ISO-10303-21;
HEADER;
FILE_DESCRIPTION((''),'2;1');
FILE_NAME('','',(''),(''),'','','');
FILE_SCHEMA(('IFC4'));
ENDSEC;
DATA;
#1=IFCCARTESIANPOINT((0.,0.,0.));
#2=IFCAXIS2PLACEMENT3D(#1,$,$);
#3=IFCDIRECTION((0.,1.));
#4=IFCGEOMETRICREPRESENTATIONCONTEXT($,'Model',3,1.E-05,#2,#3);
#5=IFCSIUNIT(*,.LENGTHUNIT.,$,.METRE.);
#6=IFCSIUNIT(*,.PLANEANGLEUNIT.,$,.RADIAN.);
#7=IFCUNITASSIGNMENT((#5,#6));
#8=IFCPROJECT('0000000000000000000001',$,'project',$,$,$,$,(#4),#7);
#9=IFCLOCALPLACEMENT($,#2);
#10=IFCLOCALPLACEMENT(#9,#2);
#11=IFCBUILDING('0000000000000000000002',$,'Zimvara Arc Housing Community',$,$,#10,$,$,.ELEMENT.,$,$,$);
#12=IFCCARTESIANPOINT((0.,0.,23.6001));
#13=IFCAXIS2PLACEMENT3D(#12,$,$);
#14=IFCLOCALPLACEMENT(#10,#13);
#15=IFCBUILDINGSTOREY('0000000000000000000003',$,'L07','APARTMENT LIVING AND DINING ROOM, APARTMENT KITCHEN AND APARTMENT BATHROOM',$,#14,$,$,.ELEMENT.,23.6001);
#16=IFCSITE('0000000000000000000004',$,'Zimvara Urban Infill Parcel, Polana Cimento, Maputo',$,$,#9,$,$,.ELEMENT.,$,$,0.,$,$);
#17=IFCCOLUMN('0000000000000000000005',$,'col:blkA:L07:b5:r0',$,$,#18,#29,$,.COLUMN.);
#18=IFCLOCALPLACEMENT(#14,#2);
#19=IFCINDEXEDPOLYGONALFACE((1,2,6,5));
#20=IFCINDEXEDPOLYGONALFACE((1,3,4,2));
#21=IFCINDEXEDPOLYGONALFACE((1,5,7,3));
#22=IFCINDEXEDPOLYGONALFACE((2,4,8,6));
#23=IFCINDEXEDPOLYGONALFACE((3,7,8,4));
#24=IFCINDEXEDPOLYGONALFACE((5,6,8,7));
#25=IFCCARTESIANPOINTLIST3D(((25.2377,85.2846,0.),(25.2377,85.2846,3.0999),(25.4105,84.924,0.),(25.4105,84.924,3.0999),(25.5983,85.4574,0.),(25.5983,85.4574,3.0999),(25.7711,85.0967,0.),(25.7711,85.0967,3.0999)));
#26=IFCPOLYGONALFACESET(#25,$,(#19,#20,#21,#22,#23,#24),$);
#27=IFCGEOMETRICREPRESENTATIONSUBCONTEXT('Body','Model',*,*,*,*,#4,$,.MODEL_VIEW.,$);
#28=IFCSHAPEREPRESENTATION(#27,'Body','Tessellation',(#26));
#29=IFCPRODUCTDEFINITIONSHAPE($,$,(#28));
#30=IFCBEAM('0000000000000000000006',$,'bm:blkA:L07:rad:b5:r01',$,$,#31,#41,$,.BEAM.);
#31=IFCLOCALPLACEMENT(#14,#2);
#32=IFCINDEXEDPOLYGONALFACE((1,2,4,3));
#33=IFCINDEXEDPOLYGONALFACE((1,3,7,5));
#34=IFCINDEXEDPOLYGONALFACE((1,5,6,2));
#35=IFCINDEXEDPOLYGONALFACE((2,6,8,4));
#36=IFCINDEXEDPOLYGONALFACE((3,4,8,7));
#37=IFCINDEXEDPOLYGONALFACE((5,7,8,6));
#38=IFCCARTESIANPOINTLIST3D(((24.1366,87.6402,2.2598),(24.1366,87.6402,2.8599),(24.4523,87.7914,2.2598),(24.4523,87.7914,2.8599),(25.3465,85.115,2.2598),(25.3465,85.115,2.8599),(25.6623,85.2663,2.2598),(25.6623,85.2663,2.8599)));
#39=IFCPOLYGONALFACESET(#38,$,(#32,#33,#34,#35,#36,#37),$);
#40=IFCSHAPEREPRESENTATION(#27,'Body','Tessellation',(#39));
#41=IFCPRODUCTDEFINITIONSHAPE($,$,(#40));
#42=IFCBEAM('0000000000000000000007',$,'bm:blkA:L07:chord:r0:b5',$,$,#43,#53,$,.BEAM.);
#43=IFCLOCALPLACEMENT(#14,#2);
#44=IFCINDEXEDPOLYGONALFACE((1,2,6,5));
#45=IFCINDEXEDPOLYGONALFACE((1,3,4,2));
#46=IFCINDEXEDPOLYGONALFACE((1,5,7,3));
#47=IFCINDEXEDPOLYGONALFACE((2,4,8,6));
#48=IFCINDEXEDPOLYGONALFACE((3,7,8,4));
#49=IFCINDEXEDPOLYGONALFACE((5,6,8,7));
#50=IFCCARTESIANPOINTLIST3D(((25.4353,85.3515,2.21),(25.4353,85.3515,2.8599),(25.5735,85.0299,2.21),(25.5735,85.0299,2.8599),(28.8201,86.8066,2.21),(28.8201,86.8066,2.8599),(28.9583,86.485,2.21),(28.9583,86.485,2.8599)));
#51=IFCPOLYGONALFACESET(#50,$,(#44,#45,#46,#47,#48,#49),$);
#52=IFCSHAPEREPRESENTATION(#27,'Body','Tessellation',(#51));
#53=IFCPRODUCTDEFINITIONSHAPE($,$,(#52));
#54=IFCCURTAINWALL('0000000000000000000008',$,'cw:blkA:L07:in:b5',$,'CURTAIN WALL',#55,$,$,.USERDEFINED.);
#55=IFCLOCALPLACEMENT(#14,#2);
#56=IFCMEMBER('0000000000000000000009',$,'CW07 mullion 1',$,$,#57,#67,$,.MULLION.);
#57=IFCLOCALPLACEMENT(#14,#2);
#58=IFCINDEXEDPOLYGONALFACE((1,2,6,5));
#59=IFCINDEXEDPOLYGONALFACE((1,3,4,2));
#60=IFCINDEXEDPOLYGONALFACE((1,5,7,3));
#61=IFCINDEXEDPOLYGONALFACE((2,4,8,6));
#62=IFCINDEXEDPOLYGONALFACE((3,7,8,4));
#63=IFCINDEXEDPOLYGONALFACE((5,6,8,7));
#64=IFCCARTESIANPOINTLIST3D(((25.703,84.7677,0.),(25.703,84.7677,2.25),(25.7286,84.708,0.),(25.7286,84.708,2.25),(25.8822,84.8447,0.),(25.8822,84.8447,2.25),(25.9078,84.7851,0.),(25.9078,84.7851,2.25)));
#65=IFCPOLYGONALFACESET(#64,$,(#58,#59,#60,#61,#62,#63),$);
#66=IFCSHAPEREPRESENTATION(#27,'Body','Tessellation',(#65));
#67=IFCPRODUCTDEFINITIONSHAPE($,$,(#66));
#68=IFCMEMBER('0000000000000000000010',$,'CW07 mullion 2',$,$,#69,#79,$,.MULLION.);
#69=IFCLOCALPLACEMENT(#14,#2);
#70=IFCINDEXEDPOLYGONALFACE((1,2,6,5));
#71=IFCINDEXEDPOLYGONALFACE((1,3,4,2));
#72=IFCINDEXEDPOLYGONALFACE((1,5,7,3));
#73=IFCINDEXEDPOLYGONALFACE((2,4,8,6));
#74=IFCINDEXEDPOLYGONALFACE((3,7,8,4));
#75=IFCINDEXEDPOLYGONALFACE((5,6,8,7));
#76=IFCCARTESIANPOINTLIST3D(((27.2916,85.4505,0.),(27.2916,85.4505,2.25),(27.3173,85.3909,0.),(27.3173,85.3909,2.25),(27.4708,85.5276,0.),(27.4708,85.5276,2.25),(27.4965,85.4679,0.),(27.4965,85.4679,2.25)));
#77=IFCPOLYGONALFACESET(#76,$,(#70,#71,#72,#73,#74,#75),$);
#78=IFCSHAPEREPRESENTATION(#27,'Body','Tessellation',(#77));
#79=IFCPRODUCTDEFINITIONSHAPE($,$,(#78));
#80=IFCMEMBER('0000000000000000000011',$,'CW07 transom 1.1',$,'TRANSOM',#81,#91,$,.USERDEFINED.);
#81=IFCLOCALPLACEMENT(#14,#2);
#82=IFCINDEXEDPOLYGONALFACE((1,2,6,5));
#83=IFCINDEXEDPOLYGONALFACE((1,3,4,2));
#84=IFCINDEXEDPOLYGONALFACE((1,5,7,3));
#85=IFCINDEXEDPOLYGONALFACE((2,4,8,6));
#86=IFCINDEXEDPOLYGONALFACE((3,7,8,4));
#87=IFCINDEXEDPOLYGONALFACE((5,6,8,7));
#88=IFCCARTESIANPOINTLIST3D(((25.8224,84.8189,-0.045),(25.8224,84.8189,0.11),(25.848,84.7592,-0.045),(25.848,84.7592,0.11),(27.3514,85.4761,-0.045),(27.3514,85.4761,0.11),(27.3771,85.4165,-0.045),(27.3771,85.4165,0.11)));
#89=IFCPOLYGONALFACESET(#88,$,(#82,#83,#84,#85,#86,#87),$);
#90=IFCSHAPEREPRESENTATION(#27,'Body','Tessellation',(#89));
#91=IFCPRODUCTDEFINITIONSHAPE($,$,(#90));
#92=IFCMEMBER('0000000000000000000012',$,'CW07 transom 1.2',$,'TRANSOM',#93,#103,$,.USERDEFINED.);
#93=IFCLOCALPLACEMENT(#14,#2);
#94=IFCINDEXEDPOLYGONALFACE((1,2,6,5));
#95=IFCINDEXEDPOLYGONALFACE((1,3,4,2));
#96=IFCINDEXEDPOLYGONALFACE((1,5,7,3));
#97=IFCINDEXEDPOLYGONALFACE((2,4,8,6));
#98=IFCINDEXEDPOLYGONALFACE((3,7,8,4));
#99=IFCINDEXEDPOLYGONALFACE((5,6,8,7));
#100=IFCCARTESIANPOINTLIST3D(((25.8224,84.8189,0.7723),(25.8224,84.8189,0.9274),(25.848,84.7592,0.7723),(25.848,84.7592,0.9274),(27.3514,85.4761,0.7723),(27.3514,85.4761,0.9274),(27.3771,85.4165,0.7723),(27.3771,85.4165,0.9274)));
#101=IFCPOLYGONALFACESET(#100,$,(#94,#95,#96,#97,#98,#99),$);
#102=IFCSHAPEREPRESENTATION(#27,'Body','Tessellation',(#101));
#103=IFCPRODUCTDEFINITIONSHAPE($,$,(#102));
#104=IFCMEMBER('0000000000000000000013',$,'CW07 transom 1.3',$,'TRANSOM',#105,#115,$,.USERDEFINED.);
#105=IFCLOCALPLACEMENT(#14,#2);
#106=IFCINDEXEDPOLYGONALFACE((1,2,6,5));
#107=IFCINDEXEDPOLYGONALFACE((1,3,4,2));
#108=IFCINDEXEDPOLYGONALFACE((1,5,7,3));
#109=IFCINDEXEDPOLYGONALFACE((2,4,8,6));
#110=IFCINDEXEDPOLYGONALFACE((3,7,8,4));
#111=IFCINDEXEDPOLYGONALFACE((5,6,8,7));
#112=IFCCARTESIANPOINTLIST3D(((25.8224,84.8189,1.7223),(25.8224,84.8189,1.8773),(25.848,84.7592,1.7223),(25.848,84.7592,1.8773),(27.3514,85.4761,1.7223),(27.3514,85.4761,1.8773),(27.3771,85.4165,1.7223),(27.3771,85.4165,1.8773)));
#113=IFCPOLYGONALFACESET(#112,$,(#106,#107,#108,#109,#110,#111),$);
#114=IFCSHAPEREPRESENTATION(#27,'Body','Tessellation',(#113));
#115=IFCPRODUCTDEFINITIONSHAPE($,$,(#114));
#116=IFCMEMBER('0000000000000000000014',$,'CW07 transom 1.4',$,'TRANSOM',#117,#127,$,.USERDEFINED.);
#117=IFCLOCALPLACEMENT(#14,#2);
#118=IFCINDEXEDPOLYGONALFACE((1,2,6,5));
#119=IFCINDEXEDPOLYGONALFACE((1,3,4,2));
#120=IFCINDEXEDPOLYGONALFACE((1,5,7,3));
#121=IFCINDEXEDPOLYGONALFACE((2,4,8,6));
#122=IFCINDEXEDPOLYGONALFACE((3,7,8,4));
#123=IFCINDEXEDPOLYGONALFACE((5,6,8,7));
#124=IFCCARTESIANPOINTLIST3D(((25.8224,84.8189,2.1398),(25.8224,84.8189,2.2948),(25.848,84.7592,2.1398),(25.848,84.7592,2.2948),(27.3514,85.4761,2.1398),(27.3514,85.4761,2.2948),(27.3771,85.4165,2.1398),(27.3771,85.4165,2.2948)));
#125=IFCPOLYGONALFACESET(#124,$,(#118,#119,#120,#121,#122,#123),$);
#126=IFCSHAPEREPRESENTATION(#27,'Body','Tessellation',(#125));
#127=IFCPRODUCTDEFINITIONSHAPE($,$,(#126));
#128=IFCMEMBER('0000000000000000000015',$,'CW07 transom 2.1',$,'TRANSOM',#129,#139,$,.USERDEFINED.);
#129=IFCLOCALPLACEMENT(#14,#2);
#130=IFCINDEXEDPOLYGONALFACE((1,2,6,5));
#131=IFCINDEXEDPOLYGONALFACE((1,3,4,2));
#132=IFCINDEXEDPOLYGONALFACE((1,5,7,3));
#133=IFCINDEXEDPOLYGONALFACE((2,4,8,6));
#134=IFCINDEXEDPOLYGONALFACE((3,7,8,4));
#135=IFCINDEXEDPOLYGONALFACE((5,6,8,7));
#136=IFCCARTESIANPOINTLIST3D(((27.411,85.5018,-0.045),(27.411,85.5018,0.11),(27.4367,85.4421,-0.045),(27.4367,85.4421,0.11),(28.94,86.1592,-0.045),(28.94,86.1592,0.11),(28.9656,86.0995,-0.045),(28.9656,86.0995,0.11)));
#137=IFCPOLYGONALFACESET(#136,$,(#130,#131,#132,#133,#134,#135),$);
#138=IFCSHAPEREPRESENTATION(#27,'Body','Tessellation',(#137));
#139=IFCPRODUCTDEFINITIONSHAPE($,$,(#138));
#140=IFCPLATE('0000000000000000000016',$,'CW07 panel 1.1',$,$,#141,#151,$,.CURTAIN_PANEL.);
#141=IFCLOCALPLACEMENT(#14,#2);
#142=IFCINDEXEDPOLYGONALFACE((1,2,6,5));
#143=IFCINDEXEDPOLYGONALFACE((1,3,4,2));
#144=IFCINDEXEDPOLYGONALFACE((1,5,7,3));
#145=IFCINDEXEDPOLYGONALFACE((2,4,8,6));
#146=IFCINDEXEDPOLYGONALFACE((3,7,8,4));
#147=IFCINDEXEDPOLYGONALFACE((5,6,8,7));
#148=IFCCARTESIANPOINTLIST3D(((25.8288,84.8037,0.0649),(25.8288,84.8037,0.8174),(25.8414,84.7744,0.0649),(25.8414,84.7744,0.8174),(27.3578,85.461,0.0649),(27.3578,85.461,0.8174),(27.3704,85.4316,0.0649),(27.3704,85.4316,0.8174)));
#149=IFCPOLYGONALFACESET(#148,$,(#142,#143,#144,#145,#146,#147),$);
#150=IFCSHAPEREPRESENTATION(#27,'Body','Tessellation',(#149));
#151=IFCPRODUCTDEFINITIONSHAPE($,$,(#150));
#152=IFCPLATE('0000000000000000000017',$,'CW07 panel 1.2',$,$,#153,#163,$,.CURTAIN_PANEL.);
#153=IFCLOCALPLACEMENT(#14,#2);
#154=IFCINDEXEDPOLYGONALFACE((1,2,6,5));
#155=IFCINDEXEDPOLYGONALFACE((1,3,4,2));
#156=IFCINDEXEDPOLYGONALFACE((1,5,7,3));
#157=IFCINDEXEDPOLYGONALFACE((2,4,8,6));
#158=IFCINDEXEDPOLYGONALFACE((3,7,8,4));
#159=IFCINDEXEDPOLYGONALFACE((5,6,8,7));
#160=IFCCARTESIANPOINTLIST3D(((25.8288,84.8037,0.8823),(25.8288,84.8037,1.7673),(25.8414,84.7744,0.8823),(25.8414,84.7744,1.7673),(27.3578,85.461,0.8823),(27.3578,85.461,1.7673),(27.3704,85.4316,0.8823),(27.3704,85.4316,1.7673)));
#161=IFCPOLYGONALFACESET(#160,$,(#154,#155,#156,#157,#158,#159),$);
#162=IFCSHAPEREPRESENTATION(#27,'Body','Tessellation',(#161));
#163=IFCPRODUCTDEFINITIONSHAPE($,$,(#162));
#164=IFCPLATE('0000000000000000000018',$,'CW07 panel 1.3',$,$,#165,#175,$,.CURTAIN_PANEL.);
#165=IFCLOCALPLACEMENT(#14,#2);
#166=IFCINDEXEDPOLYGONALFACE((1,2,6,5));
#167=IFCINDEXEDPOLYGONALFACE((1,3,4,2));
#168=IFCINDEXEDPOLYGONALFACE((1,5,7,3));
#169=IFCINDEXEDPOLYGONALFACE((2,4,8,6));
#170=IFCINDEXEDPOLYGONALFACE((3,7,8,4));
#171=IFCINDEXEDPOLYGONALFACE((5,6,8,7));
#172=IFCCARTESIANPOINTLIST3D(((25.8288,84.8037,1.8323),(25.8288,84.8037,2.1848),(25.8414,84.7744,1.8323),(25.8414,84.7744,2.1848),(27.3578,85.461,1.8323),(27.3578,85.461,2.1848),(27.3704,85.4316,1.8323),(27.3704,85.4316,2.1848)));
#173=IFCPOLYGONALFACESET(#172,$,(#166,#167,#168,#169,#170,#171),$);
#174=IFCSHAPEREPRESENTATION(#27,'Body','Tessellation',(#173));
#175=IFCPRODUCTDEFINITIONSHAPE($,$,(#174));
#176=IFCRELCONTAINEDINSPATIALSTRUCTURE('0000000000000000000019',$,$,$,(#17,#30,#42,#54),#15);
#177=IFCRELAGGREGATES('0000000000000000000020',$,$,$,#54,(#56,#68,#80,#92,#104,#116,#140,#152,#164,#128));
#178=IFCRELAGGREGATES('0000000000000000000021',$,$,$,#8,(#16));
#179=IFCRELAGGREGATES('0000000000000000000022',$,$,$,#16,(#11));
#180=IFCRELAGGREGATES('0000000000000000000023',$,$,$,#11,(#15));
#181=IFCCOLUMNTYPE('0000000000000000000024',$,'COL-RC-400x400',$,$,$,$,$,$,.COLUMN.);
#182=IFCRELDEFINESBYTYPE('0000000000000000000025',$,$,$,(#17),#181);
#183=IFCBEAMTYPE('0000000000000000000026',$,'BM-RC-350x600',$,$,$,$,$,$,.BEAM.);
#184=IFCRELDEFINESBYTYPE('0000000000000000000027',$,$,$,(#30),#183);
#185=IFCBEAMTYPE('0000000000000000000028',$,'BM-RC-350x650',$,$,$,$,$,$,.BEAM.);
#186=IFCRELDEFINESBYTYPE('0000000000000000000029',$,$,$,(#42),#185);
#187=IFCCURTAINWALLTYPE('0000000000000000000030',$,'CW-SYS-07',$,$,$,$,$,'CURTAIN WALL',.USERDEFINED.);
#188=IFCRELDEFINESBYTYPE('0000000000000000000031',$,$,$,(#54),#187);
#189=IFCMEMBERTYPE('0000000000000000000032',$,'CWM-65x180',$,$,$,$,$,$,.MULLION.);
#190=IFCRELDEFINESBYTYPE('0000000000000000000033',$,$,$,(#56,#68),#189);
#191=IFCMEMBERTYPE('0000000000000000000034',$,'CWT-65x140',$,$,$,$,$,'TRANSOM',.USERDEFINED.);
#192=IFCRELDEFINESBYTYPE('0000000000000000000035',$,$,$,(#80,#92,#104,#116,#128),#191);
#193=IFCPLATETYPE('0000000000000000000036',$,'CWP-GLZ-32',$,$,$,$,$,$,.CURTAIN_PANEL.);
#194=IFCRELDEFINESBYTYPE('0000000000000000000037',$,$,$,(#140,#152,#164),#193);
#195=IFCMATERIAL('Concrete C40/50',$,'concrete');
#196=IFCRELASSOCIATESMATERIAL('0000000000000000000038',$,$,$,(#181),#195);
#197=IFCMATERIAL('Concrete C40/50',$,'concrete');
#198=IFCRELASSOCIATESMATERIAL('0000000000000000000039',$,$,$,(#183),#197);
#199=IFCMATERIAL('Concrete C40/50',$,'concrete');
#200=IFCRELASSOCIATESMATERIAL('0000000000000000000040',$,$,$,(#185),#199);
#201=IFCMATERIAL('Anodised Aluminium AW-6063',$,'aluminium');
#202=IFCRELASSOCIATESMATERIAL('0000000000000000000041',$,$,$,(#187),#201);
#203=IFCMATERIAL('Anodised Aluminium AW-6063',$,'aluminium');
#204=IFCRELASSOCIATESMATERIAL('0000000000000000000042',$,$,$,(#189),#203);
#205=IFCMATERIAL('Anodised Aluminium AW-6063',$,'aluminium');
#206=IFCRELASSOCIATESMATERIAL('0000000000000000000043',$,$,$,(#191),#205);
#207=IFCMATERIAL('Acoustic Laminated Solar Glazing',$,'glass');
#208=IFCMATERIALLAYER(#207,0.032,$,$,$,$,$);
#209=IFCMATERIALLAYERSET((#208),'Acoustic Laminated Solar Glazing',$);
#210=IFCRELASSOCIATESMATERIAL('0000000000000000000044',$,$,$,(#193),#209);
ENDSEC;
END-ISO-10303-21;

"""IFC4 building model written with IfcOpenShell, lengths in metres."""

from ifc_helpers import new_model, si_unit, direction, frame, origin, origin_2d, place, context, subcontext, project, spatial, rectangle, extrude, material, layer, layer_set, material_profile, profile_set, type_object, element, aggregate, save


model = new_model("IFC4")

# Units and contexts
model_context = context("Model", 3, precision=1e-05, world=origin(), true_north=direction((0.0, 1.0)))
body_context = subcontext(model_context, "Body", "Model", "MODEL_VIEW")
ifc_project = project(units=[si_unit("LENGTHUNIT", "METRE"), si_unit("PLANEANGLEUNIT", "RADIAN")], contexts=[model_context])

# Site, building, storey
site_placement = place(None, origin())
site = spatial("IfcSite", under=ifc_project, at=site_placement, Name="Zimvara Urban Infill Parcel, Polana Cimento, Maputo", CompositionType="ELEMENT", RefElevation=0.0)
building_placement = place(site_placement, origin())
building = spatial("IfcBuilding", under=site, at=building_placement, Name="Zimvara Arc Housing Community", CompositionType="ELEMENT")
storey_placement = place(building_placement, frame((0.0, 0.0, 23.6001)))
storey = spatial("IfcBuildingStorey", under=building, at=storey_placement, Name="L07", Description="APARTMENT LIVING AND DINING ROOM, APARTMENT KITCHEN AND APARTMENT BATHROOM", CompositionType="ELEMENT", Elevation=23.6001)

# Column
ifc_material_1 = material(Name="Concrete C40/50", Category="concrete")
ifc_material_profile_1 = material_profile(ifc_material_1, rectangle(XDim=0.3999, YDim=0.3999, at=origin_2d()), Name="RC 400x400")
ifc_profile_set_1 = profile_set([ifc_material_profile_1], Name="Concrete C40/50")
column_type = type_object("IfcColumnType", Name="COL-RC-400x400", PredefinedType="COLUMN", material=ifc_profile_set_1)
column_placement = place(storey_placement, frame((25.5044, 85.1907, 0.0), z_axis=(0.0, 0.0, 1.0), x_axis=(-0.432086, 0.901833, 0.0)))
element("IfcColumn", 1, at=column_placement, inside=storey, type_object=column_type, Name="col:blkA:L07:b5:r0", PredefinedType="COLUMN", context=body_context, shape_type="SweptSolid", body=[
    extrude(rectangle(XDim=0.3999, YDim=0.3999, at=origin_2d()), origin(), (0.0, 0.0, 1.0), 3.0999),
])

# Beams
ifc_material_2 = material(Name="Concrete C40/50", Category="concrete")
ifc_material_profile_2 = material_profile(ifc_material_2, rectangle(XDim=0.3501, YDim=0.6001, at=origin_2d()), Name="RC 350x600")
ifc_profile_set_2 = profile_set([ifc_material_profile_2], Name="Concrete C40/50")
beam_type_1 = type_object("IfcBeamType", Name="BM-RC-350x600", PredefinedType="BEAM", material=ifc_profile_set_2)
beam_1_placement = place(storey_placement, frame((25.5044, 85.1907, 2.5598), z_axis=(-0.432119, 0.901817, 0.0), x_axis=(-0.901817, -0.432119, 0.0)))
element("IfcBeam", 2, at=beam_1_placement, inside=storey, type_object=beam_type_1, Name="bm:blkA:L07:rad:b5:r01", PredefinedType="BEAM", context=body_context, shape_type="SweptSolid", body=[
    extrude(rectangle(XDim=0.3501, YDim=0.6001, at=origin_2d()), origin(), (0.0, 0.0, 1.0), 2.8),
])
ifc_material_3 = material(Name="Concrete C40/50", Category="concrete")
ifc_material_profile_3 = material_profile(ifc_material_3, rectangle(XDim=0.3501, YDim=0.6499, at=origin_2d()), Name="RC 350x650")
ifc_profile_set_3 = profile_set([ifc_material_profile_3], Name="Concrete C40/50")
beam_type_2 = type_object("IfcBeamType", Name="BM-RC-350x650", PredefinedType="BEAM", material=ifc_profile_set_3)
beam_2_placement = place(storey_placement, frame((25.5044, 85.1907, 2.5349), z_axis=(0.918706, 0.394943, 0.0), x_axis=(-0.394943, 0.918706, 0.0)))
element("IfcBeam", 3, at=beam_2_placement, inside=storey, type_object=beam_type_2, Name="bm:blkA:L07:chord:r0:b5", PredefinedType="BEAM", context=body_context, shape_type="SweptSolid", body=[
    extrude(rectangle(XDim=0.3501, YDim=0.6499, at=origin_2d()), origin(), (0.0, 0.0, 1.0), 3.6843),
])

# Curtain wall, members, plates
ifc_material_4 = material(Name="Anodised Aluminium AW-6063", Category="aluminium")
curtain_wall_type = type_object("IfcCurtainWallType", Name="CW-SYS-07", ElementType="CURTAIN WALL", PredefinedType="USERDEFINED", material=ifc_material_4)
curtain_wall_placement = place(storey_placement, origin())
curtain_wall = element("IfcCurtainWall", 4, at=curtain_wall_placement, inside=storey, type_object=curtain_wall_type, Name="cw:blkA:L07:in:b5", ObjectType="CURTAIN WALL", PredefinedType="USERDEFINED")
ifc_material_5 = material(Name="Anodised Aluminium AW-6063", Category="aluminium")
ifc_material_profile_4 = material_profile(ifc_material_5, rectangle(XDim=0.0649, YDim=0.1951, at=origin_2d()), Name="ALU 65x195")
ifc_profile_set_4 = profile_set([ifc_material_profile_4], Name="Anodised Aluminium AW-6063")
member_type_1 = type_object("IfcMemberType", Name="CWM-65x180", PredefinedType="MULLION", material=ifc_profile_set_4)
member_1_placement = place(storey_placement, frame((25.8054, 84.7764, 0.0), z_axis=(0.0, 0.0, 1.0), x_axis=(-0.394904, 0.918722, 0.0)))
member_1 = element("IfcMember", 5, at=member_1_placement, type_object=member_type_1, Name="CW07 mullion 1", PredefinedType="MULLION", context=body_context, shape_type="SweptSolid", body=[
    extrude(rectangle(XDim=0.0649, YDim=0.1951, at=origin_2d()), origin(), (0.0, 0.0, 1.0), 2.25),
])
member_2_placement = place(storey_placement, frame((27.394, 85.4592, 0.0), z_axis=(0.0, 0.0, 1.0), x_axis=(-0.394904, 0.918722, 0.0)))
member_2 = element("IfcMember", 6, at=member_2_placement, type_object=member_type_1, Name="CW07 mullion 2", PredefinedType="MULLION", context=body_context, shape_type="SweptSolid", body=[
    extrude(rectangle(XDim=0.0649, YDim=0.1951, at=origin_2d()), origin(), (0.0, 0.0, 1.0), 2.25),
])
ifc_material_6 = material(Name="Anodised Aluminium AW-6063", Category="aluminium")
ifc_material_profile_5 = material_profile(ifc_material_6, rectangle(XDim=0.0649, YDim=0.155, at=origin_2d()), Name="ALU 65x155")
ifc_profile_set_5 = profile_set([ifc_material_profile_5], Name="Anodised Aluminium AW-6063")
member_type_2 = type_object("IfcMemberType", Name="CWT-65x140", ElementType="TRANSOM", PredefinedType="USERDEFINED", material=ifc_profile_set_5)
member_3_placement = place(storey_placement, frame((25.8352, 84.7891, 0.0325), z_axis=(0.918727, 0.394893, 0.0), x_axis=(-0.394893, 0.918727, 0.0)))
member_3 = element("IfcMember", 7, at=member_3_placement, type_object=member_type_2, Name="CW07 transom 1.1", ObjectType="TRANSOM", PredefinedType="USERDEFINED", context=body_context, shape_type="SweptSolid", body=[
    extrude(rectangle(XDim=0.0649, YDim=0.155, at=origin_2d()), origin(), (0.0, 0.0, 1.0), 1.6643),
])
member_4_placement = place(storey_placement, frame((25.8352, 84.7891, 0.8499), z_axis=(0.918727, 0.394893, 0.0), x_axis=(-0.394893, 0.918727, 0.0)))
member_4 = element("IfcMember", 8, at=member_4_placement, type_object=member_type_2, Name="CW07 transom 1.2", ObjectType="TRANSOM", PredefinedType="USERDEFINED", context=body_context, shape_type="SweptSolid", body=[
    extrude(rectangle(XDim=0.0649, YDim=0.155, at=origin_2d()), origin(), (0.0, 0.0, 1.0), 1.6643),
])
member_5_placement = place(storey_placement, frame((25.8352, 84.7891, 1.7998), z_axis=(0.918727, 0.394893, 0.0), x_axis=(-0.394893, 0.918727, 0.0)))
member_5 = element("IfcMember", 9, at=member_5_placement, type_object=member_type_2, Name="CW07 transom 1.3", ObjectType="TRANSOM", PredefinedType="USERDEFINED", context=body_context, shape_type="SweptSolid", body=[
    extrude(rectangle(XDim=0.0649, YDim=0.155, at=origin_2d()), origin(), (0.0, 0.0, 1.0), 1.6643),
])
member_6_placement = place(storey_placement, frame((25.8352, 84.7891, 2.2173), z_axis=(0.918727, 0.394893, 0.0), x_axis=(-0.394893, 0.918727, 0.0)))
member_6 = element("IfcMember", 10, at=member_6_placement, type_object=member_type_2, Name="CW07 transom 1.4", ObjectType="TRANSOM", PredefinedType="USERDEFINED", context=body_context, shape_type="SweptSolid", body=[
    extrude(rectangle(XDim=0.0649, YDim=0.155, at=origin_2d()), origin(), (0.0, 0.0, 1.0), 1.6643),
])
member_7_placement = place(storey_placement, frame((27.4238, 85.4719, 0.0325), z_axis=(0.918674, 0.395017, 0.0), x_axis=(-0.395017, 0.918674, 0.0)))
member_7 = element("IfcMember", 11, at=member_7_placement, type_object=member_type_2, Name="CW07 transom 2.1", ObjectType="TRANSOM", PredefinedType="USERDEFINED", context=body_context, shape_type="SweptSolid", body=[
    extrude(rectangle(XDim=0.0649, YDim=0.155, at=origin_2d()), origin(), (0.0, 0.0, 1.0), 1.6643),
])
ifc_material_7 = material(Name="Acoustic Laminated Solar Glazing", Category="glass")
ifc_layer_1 = layer(ifc_material_7, 0.032)
ifc_layer_set_1 = layer_set([ifc_layer_1], Name="Acoustic Laminated Solar Glazing")
plate_type = type_object("IfcPlateType", Name="CWP-GLZ-32", PredefinedType="CURTAIN_PANEL", material=ifc_layer_set_1)
plate_1_placement = place(storey_placement, frame((26.5996, 85.1177, 0.0649), z_axis=(0.0, 0.0, 1.0), x_axis=(0.918722, 0.394904, 0.0)))
plate_1 = element("IfcPlate", 12, at=plate_1_placement, type_object=plate_type, Name="CW07 panel 1.1", PredefinedType="CURTAIN_PANEL", context=body_context, shape_type="SweptSolid", body=[
    extrude(rectangle(XDim=1.6643, YDim=0.032, at=origin_2d()), origin(), (0.0, 0.0, 1.0), 0.7524),
])
plate_2_placement = place(storey_placement, frame((26.5996, 85.1177, 0.8823), z_axis=(0.0, 0.0, 1.0), x_axis=(0.918722, 0.394904, 0.0)))
plate_2 = element("IfcPlate", 13, at=plate_2_placement, type_object=plate_type, Name="CW07 panel 1.2", PredefinedType="CURTAIN_PANEL", context=body_context, shape_type="SweptSolid", body=[
    extrude(rectangle(XDim=1.6643, YDim=0.032, at=origin_2d()), origin(), (0.0, 0.0, 1.0), 0.885),
])
plate_3_placement = place(storey_placement, frame((26.5996, 85.1177, 1.8323), z_axis=(0.0, 0.0, 1.0), x_axis=(0.918722, 0.394904, 0.0)))
plate_3 = element("IfcPlate", 14, at=plate_3_placement, type_object=plate_type, Name="CW07 panel 1.3", PredefinedType="CURTAIN_PANEL", context=body_context, shape_type="SweptSolid", body=[
    extrude(rectangle(XDim=1.6643, YDim=0.032, at=origin_2d()), origin(), (0.0, 0.0, 1.0), 0.3525),
])
aggregate(curtain_wall, [member_1, member_2, member_3, member_4, member_5, member_6, plate_1, plate_2, plate_3, member_7])

save(model, "model.ifc")
